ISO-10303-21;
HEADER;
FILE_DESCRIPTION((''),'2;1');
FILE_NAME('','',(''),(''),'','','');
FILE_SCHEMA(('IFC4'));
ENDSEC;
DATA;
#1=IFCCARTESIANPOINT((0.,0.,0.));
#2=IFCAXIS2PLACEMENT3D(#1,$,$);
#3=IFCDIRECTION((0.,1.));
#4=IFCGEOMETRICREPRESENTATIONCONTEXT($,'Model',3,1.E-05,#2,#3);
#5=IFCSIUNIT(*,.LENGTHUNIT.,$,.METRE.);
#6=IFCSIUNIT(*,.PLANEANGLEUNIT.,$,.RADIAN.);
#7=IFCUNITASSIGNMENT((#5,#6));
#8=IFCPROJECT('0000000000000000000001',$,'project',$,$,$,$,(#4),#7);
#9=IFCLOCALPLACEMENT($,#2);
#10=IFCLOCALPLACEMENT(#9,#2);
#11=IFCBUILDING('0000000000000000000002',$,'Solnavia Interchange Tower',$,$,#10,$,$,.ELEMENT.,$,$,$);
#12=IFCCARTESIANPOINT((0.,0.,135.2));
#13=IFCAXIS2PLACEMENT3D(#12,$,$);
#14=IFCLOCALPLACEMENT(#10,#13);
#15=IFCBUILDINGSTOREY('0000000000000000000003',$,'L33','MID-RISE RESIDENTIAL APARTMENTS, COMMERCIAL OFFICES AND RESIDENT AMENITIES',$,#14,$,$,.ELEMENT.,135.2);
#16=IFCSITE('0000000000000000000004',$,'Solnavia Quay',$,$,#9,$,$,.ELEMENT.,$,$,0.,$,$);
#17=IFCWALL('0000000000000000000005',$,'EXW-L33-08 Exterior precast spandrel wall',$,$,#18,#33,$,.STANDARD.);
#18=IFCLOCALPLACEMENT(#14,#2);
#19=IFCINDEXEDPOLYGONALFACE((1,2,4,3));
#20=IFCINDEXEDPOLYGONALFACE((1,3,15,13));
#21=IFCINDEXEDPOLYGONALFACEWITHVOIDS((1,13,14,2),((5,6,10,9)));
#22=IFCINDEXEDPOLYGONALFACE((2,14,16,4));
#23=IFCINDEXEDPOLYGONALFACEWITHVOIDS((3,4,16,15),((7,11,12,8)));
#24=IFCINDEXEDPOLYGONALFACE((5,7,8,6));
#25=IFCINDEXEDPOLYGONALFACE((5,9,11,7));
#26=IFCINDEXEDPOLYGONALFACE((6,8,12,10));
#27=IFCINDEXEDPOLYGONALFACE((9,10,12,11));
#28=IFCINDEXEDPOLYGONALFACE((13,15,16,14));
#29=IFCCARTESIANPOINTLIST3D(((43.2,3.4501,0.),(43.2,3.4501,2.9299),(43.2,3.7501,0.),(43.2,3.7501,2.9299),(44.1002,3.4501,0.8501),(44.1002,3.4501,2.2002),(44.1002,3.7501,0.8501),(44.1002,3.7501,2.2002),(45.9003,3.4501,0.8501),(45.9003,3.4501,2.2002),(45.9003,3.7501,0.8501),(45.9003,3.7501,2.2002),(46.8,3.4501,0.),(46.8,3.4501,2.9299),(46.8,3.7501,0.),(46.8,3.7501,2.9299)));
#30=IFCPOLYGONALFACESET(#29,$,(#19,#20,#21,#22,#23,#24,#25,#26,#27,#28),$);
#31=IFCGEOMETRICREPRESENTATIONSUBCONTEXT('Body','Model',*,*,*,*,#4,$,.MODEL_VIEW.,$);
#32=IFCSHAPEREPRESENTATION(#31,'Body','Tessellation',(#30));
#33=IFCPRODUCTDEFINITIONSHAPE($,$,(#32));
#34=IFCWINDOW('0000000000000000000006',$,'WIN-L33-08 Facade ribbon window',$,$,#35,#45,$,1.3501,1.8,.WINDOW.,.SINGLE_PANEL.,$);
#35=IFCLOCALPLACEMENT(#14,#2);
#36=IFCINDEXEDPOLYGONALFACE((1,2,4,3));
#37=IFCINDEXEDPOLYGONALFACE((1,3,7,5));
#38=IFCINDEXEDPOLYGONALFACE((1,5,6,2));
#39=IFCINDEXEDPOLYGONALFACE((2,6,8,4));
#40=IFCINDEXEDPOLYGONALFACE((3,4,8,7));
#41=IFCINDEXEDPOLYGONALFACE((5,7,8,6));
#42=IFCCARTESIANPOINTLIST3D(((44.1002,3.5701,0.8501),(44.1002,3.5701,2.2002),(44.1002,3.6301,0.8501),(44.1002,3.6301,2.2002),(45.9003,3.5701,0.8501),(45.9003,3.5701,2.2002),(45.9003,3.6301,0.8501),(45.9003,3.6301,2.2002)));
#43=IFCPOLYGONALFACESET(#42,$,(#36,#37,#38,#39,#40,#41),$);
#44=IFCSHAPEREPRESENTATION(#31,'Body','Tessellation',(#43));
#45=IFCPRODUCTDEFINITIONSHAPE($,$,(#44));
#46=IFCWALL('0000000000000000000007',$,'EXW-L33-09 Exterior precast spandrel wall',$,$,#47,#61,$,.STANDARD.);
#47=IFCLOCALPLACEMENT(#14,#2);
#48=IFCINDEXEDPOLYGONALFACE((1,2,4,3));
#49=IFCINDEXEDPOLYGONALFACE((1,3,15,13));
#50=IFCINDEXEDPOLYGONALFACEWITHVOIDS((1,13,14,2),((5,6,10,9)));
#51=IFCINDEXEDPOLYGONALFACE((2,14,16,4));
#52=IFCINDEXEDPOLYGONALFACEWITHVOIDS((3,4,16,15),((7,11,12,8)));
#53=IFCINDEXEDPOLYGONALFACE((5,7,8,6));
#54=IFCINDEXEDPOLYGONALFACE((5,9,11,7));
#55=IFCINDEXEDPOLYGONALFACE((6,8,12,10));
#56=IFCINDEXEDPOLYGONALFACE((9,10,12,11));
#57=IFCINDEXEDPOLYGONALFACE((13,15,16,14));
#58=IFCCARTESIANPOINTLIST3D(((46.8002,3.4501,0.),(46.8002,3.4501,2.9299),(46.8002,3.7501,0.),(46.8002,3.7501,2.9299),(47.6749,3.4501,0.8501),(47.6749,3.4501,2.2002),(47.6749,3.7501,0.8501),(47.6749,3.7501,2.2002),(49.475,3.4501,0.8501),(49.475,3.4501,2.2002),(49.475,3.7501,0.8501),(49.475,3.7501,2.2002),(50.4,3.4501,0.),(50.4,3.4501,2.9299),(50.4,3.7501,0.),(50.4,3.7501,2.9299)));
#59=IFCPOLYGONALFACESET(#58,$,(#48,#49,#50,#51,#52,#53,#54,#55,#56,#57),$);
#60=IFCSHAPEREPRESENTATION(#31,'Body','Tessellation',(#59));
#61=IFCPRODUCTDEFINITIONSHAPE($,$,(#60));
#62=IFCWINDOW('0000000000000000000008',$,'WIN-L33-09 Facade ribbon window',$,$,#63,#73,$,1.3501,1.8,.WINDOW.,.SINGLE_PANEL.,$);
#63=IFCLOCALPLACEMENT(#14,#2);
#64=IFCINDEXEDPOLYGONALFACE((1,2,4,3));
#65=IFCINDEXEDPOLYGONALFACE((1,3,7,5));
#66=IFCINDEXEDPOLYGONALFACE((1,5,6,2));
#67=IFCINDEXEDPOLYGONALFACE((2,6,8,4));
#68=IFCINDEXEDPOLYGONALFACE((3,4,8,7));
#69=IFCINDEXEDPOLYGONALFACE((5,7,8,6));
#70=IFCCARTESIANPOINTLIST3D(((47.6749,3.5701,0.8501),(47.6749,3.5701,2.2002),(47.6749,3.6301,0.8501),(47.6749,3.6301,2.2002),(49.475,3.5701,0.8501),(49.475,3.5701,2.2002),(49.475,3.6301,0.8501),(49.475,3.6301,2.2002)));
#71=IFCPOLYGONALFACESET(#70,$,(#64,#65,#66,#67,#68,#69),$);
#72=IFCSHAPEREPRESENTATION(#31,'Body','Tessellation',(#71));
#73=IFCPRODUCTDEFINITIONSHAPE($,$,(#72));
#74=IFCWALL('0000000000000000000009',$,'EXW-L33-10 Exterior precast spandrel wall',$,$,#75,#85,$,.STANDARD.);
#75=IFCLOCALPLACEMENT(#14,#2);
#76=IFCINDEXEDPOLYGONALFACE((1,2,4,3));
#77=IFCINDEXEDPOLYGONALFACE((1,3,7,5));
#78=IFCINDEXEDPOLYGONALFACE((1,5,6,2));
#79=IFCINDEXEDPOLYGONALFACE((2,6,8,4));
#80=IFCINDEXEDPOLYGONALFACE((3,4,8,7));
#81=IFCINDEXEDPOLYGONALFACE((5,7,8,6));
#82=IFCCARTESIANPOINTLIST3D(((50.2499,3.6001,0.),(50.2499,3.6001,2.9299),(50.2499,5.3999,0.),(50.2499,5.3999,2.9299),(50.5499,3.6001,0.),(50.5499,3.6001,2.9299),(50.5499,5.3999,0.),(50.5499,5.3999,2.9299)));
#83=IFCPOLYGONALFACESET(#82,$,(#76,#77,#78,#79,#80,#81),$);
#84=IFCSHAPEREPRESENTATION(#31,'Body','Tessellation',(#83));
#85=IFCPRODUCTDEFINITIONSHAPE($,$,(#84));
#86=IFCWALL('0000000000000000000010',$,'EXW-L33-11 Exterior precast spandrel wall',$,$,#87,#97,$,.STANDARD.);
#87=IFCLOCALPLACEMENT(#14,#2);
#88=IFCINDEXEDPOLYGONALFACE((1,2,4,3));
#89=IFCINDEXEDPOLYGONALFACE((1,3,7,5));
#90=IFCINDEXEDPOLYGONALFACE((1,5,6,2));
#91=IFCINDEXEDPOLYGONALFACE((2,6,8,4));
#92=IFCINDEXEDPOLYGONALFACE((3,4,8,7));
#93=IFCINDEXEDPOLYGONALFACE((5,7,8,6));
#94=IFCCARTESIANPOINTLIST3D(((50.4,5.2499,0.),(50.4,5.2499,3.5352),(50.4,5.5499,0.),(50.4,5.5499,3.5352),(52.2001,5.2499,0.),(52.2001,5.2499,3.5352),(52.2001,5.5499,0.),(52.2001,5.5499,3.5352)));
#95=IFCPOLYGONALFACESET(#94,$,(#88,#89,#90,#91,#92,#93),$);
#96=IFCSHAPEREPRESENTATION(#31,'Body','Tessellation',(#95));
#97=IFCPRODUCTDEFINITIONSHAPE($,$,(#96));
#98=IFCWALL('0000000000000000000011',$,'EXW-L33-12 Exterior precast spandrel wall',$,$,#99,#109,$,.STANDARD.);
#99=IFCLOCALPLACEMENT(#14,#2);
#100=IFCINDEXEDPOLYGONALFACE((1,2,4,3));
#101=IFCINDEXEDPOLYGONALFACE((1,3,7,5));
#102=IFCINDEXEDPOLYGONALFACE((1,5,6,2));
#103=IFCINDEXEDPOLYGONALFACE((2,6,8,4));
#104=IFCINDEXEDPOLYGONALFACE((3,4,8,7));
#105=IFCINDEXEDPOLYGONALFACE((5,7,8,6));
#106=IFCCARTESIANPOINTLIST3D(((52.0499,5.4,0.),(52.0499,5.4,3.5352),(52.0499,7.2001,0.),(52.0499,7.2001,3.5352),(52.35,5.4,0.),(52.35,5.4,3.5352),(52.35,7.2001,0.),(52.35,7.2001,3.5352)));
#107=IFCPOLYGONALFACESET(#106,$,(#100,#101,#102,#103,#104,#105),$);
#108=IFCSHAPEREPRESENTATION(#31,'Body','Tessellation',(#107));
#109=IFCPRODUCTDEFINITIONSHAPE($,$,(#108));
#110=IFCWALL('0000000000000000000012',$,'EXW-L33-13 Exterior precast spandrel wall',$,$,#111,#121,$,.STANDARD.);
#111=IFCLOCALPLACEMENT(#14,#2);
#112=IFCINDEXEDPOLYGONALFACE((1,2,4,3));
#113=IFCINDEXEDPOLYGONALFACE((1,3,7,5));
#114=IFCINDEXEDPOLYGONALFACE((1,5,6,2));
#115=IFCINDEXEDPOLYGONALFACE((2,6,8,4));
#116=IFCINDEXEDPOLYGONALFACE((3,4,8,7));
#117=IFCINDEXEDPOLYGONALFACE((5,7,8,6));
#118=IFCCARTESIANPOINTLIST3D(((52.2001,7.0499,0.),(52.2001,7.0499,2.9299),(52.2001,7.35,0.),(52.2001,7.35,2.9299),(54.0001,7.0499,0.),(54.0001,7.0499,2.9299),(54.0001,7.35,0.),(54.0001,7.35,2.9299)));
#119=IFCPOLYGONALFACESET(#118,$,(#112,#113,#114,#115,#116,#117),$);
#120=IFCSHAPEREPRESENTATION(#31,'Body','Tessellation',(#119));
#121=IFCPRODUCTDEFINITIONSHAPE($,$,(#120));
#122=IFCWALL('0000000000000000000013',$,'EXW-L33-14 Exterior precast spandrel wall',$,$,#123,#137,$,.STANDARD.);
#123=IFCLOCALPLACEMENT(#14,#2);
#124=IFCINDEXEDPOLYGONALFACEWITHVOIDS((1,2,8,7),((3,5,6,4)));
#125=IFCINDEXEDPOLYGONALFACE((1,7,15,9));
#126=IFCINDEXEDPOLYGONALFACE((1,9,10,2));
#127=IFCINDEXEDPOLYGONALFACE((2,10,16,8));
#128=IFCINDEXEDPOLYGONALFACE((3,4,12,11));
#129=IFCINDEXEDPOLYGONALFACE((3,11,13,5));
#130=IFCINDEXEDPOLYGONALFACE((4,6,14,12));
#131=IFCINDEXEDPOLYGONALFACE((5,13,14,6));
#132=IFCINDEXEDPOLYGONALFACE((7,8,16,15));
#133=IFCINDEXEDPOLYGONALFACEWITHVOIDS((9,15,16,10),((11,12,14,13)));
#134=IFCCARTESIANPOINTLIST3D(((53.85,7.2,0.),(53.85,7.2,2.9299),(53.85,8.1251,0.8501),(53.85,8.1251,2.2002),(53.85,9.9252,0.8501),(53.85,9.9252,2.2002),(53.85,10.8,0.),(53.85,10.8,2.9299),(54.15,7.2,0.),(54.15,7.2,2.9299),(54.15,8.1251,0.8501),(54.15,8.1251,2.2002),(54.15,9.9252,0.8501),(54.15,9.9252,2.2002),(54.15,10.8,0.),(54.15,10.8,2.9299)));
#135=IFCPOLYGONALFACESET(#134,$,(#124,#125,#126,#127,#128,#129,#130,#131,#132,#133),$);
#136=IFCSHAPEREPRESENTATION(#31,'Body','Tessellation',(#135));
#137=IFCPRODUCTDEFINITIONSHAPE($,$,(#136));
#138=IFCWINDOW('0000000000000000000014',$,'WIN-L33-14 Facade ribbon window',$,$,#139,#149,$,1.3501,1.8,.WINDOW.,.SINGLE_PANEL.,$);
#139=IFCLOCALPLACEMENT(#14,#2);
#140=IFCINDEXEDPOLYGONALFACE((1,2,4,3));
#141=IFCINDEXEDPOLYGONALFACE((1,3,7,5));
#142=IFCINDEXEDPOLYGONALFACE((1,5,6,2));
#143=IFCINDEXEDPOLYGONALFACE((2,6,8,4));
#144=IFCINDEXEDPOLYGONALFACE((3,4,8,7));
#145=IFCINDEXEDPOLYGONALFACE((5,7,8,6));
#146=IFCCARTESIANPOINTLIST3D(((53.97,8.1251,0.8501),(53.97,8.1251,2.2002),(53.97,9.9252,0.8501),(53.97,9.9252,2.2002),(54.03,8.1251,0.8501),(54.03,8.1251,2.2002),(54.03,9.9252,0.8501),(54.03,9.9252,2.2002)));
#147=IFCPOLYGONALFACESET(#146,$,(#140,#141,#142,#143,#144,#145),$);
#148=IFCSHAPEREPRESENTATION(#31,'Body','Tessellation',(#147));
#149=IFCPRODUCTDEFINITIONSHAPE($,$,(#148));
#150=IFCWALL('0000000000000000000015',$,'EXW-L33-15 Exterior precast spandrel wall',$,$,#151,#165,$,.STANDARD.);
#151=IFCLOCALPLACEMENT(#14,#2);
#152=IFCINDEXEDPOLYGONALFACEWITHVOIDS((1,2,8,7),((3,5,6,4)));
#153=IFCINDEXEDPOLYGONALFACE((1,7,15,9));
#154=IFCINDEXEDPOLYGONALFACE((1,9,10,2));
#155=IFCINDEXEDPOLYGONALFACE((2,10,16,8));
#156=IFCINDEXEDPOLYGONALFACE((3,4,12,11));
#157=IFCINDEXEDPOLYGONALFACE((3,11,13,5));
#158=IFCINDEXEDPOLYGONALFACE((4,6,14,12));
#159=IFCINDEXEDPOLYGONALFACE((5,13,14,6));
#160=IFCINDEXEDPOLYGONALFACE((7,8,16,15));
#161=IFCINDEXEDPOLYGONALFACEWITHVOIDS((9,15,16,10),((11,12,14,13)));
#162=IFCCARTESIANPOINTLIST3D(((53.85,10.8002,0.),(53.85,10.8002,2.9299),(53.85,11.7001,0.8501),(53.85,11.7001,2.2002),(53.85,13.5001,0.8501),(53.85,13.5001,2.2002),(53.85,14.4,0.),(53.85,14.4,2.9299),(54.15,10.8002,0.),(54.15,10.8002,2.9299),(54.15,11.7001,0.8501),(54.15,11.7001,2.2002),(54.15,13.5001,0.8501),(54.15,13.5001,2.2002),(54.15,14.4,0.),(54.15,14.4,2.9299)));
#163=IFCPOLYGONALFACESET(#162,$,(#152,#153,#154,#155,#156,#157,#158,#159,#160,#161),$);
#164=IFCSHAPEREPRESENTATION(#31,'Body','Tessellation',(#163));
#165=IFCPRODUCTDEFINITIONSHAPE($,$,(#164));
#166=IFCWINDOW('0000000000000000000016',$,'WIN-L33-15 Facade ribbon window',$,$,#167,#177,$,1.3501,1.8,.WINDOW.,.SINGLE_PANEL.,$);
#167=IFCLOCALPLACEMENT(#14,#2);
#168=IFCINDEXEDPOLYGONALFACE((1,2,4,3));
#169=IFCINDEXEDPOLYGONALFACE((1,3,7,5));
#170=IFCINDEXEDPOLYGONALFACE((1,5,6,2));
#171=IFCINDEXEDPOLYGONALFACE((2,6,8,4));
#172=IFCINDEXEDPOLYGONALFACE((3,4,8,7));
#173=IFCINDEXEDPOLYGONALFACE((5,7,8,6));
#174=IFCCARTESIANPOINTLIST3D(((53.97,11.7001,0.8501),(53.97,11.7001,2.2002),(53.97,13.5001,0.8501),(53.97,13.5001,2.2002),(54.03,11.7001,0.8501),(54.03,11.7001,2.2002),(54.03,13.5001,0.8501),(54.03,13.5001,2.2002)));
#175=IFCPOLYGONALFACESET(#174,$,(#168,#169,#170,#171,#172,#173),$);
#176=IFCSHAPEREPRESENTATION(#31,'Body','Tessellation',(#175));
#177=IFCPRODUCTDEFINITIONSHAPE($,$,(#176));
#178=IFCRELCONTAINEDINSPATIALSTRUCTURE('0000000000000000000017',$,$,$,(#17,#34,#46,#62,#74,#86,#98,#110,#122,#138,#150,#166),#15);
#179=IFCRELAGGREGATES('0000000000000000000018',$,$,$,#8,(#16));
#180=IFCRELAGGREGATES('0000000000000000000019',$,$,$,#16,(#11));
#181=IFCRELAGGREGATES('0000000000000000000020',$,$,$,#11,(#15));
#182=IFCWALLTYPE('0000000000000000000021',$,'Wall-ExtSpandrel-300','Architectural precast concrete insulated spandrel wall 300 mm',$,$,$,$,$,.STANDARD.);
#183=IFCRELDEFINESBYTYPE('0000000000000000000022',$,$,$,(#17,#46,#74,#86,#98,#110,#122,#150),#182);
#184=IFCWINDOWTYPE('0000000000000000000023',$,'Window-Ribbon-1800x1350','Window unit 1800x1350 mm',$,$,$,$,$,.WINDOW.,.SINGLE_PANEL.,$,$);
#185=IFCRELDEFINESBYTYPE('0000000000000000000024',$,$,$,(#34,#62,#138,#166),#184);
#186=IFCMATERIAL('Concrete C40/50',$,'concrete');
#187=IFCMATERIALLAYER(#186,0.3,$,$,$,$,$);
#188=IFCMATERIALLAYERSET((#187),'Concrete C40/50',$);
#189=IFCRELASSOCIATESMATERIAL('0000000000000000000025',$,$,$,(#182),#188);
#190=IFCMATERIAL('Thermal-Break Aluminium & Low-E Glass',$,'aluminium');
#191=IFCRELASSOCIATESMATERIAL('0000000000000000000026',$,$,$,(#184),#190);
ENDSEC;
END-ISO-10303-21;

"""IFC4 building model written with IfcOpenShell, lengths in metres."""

from ifc_helpers import new_model, si_unit, direction, frame, frame_2d, origin, place, context, subcontext, project, spatial, rectangle, extrude, material, layer, layer_set, type_object, element, fill, save


model = new_model("IFC4")

# Units and contexts
model_context = context("Model", 3, precision=1e-05, world=origin(), true_north=direction((0.0, 1.0)))
body_context = subcontext(model_context, "Body", "Model", "MODEL_VIEW")
ifc_project = project(units=[si_unit("LENGTHUNIT", "METRE"), si_unit("PLANEANGLEUNIT", "RADIAN")], contexts=[model_context])

# Site, building, storey
site_placement = place(None, origin())
site = spatial("IfcSite", under=ifc_project, at=site_placement, Name="Solnavia Quay", CompositionType="ELEMENT", RefElevation=0.0)
building_placement = place(site_placement, origin())
building = spatial("IfcBuilding", under=site, at=building_placement, Name="Solnavia Interchange Tower", CompositionType="ELEMENT")
storey_placement = place(building_placement, frame((0.0, 0.0, 135.2)))
storey = spatial("IfcBuildingStorey", under=building, at=storey_placement, Name="L33", Description="MID-RISE RESIDENTIAL APARTMENTS, COMMERCIAL OFFICES AND RESIDENT AMENITIES", CompositionType="ELEMENT", Elevation=135.2)

# Walls, openings, windows
ifc_material_1 = material(Name="Concrete C40/50", Category="concrete")
ifc_layer_1 = layer(ifc_material_1, 0.3)
ifc_layer_set_1 = layer_set([ifc_layer_1], Name="Concrete C40/50")
wall_type_1 = type_object("IfcWallType", Name="Wall-ExtSpandrel-300", Description="Architectural precast concrete insulated spandrel wall 300 mm", PredefinedType="STANDARD", material=ifc_layer_set_1)
wall_1_placement = place(storey_placement, frame((46.8, 3.6001, 0.0), z_axis=(0.0, 0.0, 1.0), x_axis=(-1.0, 0.0, 0.0)))
wall_1 = element("IfcWall", 1, at=wall_1_placement, inside=storey, type_object=wall_type_1, Name="EXW-L33-08 Exterior precast spandrel wall", PredefinedType="STANDARD", context=body_context, shape_type="SweptSolid", body=[
    extrude(rectangle(XDim=3.6001, YDim=0.3, at=frame_2d((1.8, 0.0))), origin(), (0.0, 0.0, 1.0), 2.9299),
])
opening_1_placement = place(wall_1_placement, frame((0.8999, 0.0, 0.8501)))
opening_1 = element("IfcOpeningElement", 2, at=opening_1_placement, cuts=wall_1, PredefinedType="OPENING", context=body_context, shape_type="SweptSolid", body=[
    extrude(rectangle(XDim=1.8, YDim=1.3501, at=frame_2d((0.8999, 0.675))), frame((0.0, 0.1602, 0.0), z_axis=(0.0, -1.0, 0.0), x_axis=(1.0, 0.0, 0.0)), (0.0, 0.0, 1.0), 0.3201),
])
ifc_material_2 = material(Name="Thermal-Break Aluminium & Low-E Glass", Category="aluminium")
window_type = type_object("IfcWindowType", Name="Window-Ribbon-1800x1350", Description="Window unit 1800x1350 mm", PartitioningType="SINGLE_PANEL", PredefinedType="WINDOW", material=ifc_material_2)
window_1_placement = place(opening_1_placement, origin())
window_1 = element("IfcWindow", 3, at=window_1_placement, inside=storey, type_object=window_type, Name="WIN-L33-08 Facade ribbon window", OverallHeight=1.3501, OverallWidth=1.8, PartitioningType="SINGLE_PANEL", PredefinedType="WINDOW", context=body_context, shape_type="SweptSolid", body=[
    extrude(rectangle(XDim=1.8, YDim=1.3501, at=frame_2d((0.8999, 0.675))), frame((0.0, 0.03, 0.0), z_axis=(0.0, -1.0, 0.0), x_axis=(1.0, 0.0, 0.0)), (0.0, 0.0, 1.0), 0.0601),
])
fill(opening_1, window_1)
wall_2_placement = place(storey_placement, frame((50.3999, 3.6001, 0.0), z_axis=(0.0, 0.0, 1.0), x_axis=(-1.0, 0.0, 0.0)))
wall_2 = element("IfcWall", 4, at=wall_2_placement, inside=storey, type_object=wall_type_1, Name="EXW-L33-09 Exterior precast spandrel wall", PredefinedType="STANDARD", context=body_context, shape_type="SweptSolid", body=[
    extrude(rectangle(XDim=3.5999, YDim=0.3, at=frame_2d((1.7998, 0.0))), origin(), (0.0, 0.0, 1.0), 2.9299),
])
opening_2_placement = place(wall_2_placement, frame((0.925, 0.0, 0.8501)))
opening_2 = element("IfcOpeningElement", 5, at=opening_2_placement, cuts=wall_2, PredefinedType="OPENING", context=body_context, shape_type="SweptSolid", body=[
    extrude(rectangle(XDim=1.8, YDim=1.3501, at=frame_2d((0.8999, 0.675))), frame((0.0, 0.1602, 0.0), z_axis=(0.0, -1.0, 0.0), x_axis=(1.0, 0.0, 0.0)), (0.0, 0.0, 1.0), 0.3201),
])
window_2_placement = place(opening_2_placement, origin())
window_2 = element("IfcWindow", 6, at=window_2_placement, inside=storey, type_object=window_type, Name="WIN-L33-09 Facade ribbon window", OverallHeight=1.3501, OverallWidth=1.8, PartitioningType="SINGLE_PANEL", PredefinedType="WINDOW", context=body_context, shape_type="SweptSolid", body=[
    extrude(rectangle(XDim=1.8, YDim=1.3501, at=frame_2d((0.8999, 0.675))), frame((0.0, 0.03, 0.0), z_axis=(0.0, -1.0, 0.0), x_axis=(1.0, 0.0, 0.0)), (0.0, 0.0, 1.0), 0.0601),
])
fill(opening_2, window_2)

# Walls
wall_3_placement = place(storey_placement, frame((50.3999, 5.3999, 0.0), z_axis=(0.0, 0.0, 1.0), x_axis=(0.0, -1.0, 0.0)))
element("IfcWall", 7, at=wall_3_placement, inside=storey, type_object=wall_type_1, Name="EXW-L33-10 Exterior precast spandrel wall", PredefinedType="STANDARD", context=body_context, shape_type="SweptSolid", body=[
    extrude(rectangle(XDim=1.7998, YDim=0.3, at=frame_2d((0.8999, 0.0))), origin(), (0.0, 0.0, 1.0), 2.9299),
])
for number, where, z_axis, x_axis, name in (
    (8, (52.2, 5.3999, 0.0), (0.0, 0.0, 1.0), (-1.0, 0.0, 0.0), "EXW-L33-11 Exterior precast spandrel wall"),
    (9, (52.2, 7.2, 0.0), (0.0, 0.0, 1.0), (0.0, -1.0, 0.0), "EXW-L33-12 Exterior precast spandrel wall"),
):
    element("IfcWall", number, at=place(storey_placement, frame(where, z_axis=z_axis, x_axis=x_axis)), inside=storey, type_object=wall_type_1, Name=name, PredefinedType="STANDARD", context=body_context, shape_type="SweptSolid", body=[
        extrude(rectangle(XDim=1.8, YDim=0.3, at=frame_2d((0.8999, 0.0))), origin(), (0.0, 0.0, 1.0), 3.5352),
    ])
wall_4_placement = place(storey_placement, frame((54.0, 7.2, 0.0), z_axis=(0.0, 0.0, 1.0), x_axis=(-1.0, 0.0, 0.0)))
element("IfcWall", 10, at=wall_4_placement, inside=storey, type_object=wall_type_1, Name="EXW-L33-13 Exterior precast spandrel wall", PredefinedType="STANDARD", context=body_context, shape_type="SweptSolid", body=[
    extrude(rectangle(XDim=1.8, YDim=0.3, at=frame_2d((0.8999, 0.0))), origin(), (0.0, 0.0, 1.0), 2.9299),
])

# Walls, openings, windows
wall_5_placement = place(storey_placement, frame((54.0, 10.8, 0.0), z_axis=(0.0, 0.0, 1.0), x_axis=(0.0, -1.0, 0.0)))
wall_5 = element("IfcWall", 11, at=wall_5_placement, inside=storey, type_object=wall_type_1, Name="EXW-L33-14 Exterior precast spandrel wall", PredefinedType="STANDARD", context=body_context, shape_type="SweptSolid", body=[
    extrude(rectangle(XDim=3.6001, YDim=0.3, at=frame_2d((1.8, 0.0))), origin(), (0.0, 0.0, 1.0), 2.9299),
])
opening_3_placement = place(wall_5_placement, frame((0.875, 0.0, 0.8501)))
opening_3 = element("IfcOpeningElement", 12, at=opening_3_placement, cuts=wall_5, PredefinedType="OPENING", context=body_context, shape_type="SweptSolid", body=[
    extrude(rectangle(XDim=1.8, YDim=1.3501, at=frame_2d((0.8999, 0.675))), frame((0.0, 0.1602, 0.0), z_axis=(0.0, -1.0, 0.0), x_axis=(1.0, 0.0, 0.0)), (0.0, 0.0, 1.0), 0.3201),
])
window_3_placement = place(opening_3_placement, origin())
window_3 = element("IfcWindow", 13, at=window_3_placement, inside=storey, type_object=window_type, Name="WIN-L33-14 Facade ribbon window", OverallHeight=1.3501, OverallWidth=1.8, PartitioningType="SINGLE_PANEL", PredefinedType="WINDOW", context=body_context, shape_type="SweptSolid", body=[
    extrude(rectangle(XDim=1.8, YDim=1.3501, at=frame_2d((0.8999, 0.675))), frame((0.0, 0.03, 0.0), z_axis=(0.0, -1.0, 0.0), x_axis=(1.0, 0.0, 0.0)), (0.0, 0.0, 1.0), 0.0601),
])
fill(opening_3, window_3)
wall_6_placement = place(storey_placement, frame((54.0, 14.3999, 0.0), z_axis=(0.0, 0.0, 1.0), x_axis=(0.0, -1.0, 0.0)))
wall_6 = element("IfcWall", 14, at=wall_6_placement, inside=storey, type_object=wall_type_1, Name="EXW-L33-15 Exterior precast spandrel wall", PredefinedType="STANDARD", context=body_context, shape_type="SweptSolid", body=[
    extrude(rectangle(XDim=3.5999, YDim=0.3, at=frame_2d((1.7998, 0.0))), origin(), (0.0, 0.0, 1.0), 2.9299),
])
opening_4_placement = place(wall_6_placement, frame((0.8999, 0.0, 0.8501)))
opening_4 = element("IfcOpeningElement", 15, at=opening_4_placement, cuts=wall_6, PredefinedType="OPENING", context=body_context, shape_type="SweptSolid", body=[
    extrude(rectangle(XDim=1.8, YDim=1.3501, at=frame_2d((0.8999, 0.675))), frame((0.0, 0.1602, 0.0), z_axis=(0.0, -1.0, 0.0), x_axis=(1.0, 0.0, 0.0)), (0.0, 0.0, 1.0), 0.3201),
])
window_4_placement = place(opening_4_placement, origin())
window_4 = element("IfcWindow", 16, at=window_4_placement, inside=storey, type_object=window_type, Name="WIN-L33-15 Facade ribbon window", OverallHeight=1.3501, OverallWidth=1.8, PartitioningType="SINGLE_PANEL", PredefinedType="WINDOW", context=body_context, shape_type="SweptSolid", body=[
    extrude(rectangle(XDim=1.8, YDim=1.3501, at=frame_2d((0.8999, 0.675))), frame((0.0, 0.03, 0.0), z_axis=(0.0, -1.0, 0.0), x_axis=(1.0, 0.0, 0.0)), (0.0, 0.0, 1.0), 0.0601),
])
fill(opening_4, window_4)

save(model, "model.ifc")
